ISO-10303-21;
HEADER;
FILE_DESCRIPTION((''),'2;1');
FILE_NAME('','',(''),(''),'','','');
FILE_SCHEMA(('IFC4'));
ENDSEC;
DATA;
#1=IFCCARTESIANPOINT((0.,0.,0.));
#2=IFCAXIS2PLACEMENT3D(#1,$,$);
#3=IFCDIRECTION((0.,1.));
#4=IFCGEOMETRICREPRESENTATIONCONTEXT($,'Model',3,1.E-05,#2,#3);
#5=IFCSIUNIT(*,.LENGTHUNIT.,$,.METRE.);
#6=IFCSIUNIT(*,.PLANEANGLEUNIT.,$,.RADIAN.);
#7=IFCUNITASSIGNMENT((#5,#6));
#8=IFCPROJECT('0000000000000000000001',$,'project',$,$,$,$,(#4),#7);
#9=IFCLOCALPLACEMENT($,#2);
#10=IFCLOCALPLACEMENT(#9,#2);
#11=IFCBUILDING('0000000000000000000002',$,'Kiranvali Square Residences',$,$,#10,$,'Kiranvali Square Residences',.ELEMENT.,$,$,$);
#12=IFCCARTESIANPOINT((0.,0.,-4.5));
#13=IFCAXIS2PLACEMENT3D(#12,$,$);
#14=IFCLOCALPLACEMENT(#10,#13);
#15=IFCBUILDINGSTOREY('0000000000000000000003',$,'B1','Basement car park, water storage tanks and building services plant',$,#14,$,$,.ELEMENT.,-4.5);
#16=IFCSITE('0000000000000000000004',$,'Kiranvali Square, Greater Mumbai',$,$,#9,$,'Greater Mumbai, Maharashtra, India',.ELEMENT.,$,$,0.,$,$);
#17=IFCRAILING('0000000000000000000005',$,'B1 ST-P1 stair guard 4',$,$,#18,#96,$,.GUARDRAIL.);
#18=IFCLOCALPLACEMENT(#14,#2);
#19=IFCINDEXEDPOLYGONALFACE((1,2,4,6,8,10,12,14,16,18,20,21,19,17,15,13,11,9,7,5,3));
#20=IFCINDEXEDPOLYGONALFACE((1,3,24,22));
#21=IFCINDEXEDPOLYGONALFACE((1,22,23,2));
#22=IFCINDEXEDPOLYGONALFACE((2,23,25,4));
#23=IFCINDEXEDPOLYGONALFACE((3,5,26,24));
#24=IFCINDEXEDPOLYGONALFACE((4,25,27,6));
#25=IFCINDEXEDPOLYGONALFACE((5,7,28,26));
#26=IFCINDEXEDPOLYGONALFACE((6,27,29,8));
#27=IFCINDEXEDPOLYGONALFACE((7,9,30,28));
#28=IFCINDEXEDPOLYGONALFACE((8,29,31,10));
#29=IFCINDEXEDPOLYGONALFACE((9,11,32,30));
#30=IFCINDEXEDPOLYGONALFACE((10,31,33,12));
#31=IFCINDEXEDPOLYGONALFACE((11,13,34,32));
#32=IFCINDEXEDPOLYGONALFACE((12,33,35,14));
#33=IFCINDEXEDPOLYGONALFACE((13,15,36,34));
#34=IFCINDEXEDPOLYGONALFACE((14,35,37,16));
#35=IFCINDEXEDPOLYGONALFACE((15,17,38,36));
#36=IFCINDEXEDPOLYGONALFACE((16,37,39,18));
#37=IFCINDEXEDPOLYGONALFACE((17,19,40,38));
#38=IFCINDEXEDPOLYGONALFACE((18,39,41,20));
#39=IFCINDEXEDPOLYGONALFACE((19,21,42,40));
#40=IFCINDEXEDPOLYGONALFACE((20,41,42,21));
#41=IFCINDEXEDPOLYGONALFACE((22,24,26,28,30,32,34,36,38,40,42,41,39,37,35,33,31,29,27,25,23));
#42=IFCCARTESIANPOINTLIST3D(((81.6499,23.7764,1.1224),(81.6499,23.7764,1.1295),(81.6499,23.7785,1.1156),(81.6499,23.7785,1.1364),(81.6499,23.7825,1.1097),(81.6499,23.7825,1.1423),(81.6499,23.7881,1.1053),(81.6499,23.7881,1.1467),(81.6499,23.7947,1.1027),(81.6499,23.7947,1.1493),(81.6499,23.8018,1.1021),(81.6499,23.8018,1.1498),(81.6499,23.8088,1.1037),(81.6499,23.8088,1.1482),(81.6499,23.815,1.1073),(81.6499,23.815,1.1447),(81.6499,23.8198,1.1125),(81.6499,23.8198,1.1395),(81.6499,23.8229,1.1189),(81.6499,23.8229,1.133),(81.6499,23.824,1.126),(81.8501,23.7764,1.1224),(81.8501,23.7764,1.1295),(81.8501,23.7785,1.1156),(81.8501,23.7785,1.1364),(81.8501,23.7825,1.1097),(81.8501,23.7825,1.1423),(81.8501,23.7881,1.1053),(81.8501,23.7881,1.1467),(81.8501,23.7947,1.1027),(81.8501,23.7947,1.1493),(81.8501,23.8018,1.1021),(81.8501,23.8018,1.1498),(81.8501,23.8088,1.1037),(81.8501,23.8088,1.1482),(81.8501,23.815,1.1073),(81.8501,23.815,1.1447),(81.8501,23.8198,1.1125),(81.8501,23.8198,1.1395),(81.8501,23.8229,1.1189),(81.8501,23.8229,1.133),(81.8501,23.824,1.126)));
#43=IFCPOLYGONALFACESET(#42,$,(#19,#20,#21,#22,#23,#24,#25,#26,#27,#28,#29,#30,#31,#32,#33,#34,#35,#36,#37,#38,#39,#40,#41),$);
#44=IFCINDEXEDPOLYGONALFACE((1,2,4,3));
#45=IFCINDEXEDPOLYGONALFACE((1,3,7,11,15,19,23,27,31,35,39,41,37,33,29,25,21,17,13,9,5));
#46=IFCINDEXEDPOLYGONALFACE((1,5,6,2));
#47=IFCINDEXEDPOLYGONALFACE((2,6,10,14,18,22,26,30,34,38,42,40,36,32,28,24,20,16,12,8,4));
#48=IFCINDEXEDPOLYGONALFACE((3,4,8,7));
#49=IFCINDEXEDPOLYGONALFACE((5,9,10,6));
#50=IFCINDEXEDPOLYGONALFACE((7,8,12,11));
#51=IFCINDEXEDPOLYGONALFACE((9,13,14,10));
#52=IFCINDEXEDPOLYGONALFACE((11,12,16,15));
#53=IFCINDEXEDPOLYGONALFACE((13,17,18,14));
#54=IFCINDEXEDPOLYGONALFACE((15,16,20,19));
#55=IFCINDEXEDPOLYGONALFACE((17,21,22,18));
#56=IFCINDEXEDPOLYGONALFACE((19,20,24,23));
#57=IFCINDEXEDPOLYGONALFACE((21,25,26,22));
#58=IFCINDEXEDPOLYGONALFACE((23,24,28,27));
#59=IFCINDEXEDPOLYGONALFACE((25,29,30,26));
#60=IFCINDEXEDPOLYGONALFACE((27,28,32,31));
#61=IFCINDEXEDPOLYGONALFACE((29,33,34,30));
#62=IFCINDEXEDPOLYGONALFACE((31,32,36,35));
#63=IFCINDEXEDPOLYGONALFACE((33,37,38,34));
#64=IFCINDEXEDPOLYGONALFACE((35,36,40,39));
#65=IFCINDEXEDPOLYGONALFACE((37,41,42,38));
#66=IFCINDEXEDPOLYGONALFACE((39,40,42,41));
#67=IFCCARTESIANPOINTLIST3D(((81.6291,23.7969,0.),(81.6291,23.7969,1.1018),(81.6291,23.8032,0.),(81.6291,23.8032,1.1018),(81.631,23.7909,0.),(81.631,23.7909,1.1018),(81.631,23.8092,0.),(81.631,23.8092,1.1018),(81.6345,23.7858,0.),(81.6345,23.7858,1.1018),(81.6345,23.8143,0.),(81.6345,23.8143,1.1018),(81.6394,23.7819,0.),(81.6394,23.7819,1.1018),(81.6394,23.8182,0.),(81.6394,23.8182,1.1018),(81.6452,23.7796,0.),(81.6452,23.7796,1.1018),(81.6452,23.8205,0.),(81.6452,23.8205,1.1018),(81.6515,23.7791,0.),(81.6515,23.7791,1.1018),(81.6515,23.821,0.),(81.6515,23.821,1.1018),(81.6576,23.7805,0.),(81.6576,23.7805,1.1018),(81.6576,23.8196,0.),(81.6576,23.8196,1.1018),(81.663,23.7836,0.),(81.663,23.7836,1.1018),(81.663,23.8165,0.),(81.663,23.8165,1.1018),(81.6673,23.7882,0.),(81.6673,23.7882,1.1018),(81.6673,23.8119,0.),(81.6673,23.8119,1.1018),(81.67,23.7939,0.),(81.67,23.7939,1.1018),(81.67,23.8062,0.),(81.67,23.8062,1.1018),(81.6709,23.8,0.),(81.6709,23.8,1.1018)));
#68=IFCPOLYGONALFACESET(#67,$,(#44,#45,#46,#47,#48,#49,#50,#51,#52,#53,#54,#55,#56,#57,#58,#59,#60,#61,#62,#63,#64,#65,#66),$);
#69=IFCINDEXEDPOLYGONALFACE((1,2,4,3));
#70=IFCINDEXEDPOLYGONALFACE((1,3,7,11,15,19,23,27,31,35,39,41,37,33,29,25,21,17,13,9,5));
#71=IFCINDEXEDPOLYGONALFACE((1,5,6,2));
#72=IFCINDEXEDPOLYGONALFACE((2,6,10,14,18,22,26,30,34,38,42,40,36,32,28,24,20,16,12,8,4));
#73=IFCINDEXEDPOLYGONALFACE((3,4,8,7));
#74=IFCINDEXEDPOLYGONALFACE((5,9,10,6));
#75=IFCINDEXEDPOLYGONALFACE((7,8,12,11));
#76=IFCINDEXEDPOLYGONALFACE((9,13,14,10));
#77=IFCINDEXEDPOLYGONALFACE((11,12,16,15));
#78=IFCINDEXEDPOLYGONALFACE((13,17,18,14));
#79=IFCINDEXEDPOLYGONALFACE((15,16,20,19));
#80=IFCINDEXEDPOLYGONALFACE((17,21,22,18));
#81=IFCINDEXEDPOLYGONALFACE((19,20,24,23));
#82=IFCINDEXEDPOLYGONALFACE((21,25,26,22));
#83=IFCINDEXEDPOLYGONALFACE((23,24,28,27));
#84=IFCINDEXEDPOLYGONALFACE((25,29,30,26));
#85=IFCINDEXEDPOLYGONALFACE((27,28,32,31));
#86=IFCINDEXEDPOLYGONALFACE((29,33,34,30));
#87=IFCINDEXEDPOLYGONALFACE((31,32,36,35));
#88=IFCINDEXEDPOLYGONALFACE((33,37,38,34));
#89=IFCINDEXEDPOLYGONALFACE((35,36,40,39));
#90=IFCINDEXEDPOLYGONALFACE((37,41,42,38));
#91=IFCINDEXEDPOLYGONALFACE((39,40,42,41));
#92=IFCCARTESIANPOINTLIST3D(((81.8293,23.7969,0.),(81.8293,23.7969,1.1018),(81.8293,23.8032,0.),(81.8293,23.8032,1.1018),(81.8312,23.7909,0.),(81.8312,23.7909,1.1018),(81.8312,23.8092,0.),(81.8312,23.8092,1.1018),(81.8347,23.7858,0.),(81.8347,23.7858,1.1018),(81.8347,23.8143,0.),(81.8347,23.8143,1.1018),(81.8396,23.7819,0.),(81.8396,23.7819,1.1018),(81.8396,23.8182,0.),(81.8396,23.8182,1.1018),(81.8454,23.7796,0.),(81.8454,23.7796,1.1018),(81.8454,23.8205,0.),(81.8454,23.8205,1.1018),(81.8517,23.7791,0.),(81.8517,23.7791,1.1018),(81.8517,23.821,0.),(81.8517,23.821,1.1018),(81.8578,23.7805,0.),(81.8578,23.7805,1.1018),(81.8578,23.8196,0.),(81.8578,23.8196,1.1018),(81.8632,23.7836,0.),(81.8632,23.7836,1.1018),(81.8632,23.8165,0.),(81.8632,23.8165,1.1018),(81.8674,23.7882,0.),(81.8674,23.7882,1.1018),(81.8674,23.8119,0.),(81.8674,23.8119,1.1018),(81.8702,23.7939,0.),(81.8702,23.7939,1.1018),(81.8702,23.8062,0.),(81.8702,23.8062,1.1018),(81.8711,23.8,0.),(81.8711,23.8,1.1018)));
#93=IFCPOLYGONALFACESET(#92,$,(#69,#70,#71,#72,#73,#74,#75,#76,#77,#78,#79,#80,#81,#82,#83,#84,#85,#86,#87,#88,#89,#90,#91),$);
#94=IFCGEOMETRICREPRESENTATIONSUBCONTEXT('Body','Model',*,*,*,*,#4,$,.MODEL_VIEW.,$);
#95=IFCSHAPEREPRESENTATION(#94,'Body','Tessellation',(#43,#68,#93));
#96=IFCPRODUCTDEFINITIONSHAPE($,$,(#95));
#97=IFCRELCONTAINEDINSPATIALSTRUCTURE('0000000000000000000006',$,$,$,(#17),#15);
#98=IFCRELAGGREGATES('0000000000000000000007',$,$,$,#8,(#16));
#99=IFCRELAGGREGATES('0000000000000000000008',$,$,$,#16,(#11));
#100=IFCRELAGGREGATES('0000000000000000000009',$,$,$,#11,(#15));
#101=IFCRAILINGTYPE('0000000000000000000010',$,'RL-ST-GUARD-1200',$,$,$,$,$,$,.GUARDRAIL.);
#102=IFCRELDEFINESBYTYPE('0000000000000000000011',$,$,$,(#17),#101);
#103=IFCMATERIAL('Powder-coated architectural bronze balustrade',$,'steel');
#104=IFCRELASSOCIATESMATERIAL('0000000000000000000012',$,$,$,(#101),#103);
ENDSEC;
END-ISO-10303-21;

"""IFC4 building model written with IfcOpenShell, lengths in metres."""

from ifc_helpers import new_model, si_unit, direction, frame, origin, origin_2d, place, context, subcontext, project, spatial, circle, extrude, material, type_object, element, save


model = new_model("IFC4")

# Units and contexts
model_context = context("Model", 3, precision=1e-05, world=origin(), true_north=direction((0.0, 1.0)))
body_context = subcontext(model_context, "Body", "Model", "MODEL_VIEW")
ifc_project = project(units=[si_unit("LENGTHUNIT", "METRE"), si_unit("PLANEANGLEUNIT", "RADIAN")], contexts=[model_context])

# Site, building, storey
site_placement = place(None, origin())
site = spatial("IfcSite", under=ifc_project, at=site_placement, Name="Kiranvali Square, Greater Mumbai", LongName="Greater Mumbai, Maharashtra, India", CompositionType="ELEMENT", RefElevation=0.0)
building_placement = place(site_placement, origin())
building = spatial("IfcBuilding", under=site, at=building_placement, Name="Kiranvali Square Residences", LongName="Kiranvali Square Residences", CompositionType="ELEMENT")
storey_placement = place(building_placement, frame((0.0, 0.0, -4.5)))
storey = spatial("IfcBuildingStorey", under=building, at=storey_placement, Name="B1", Description="Basement car park, water storage tanks and building services plant", CompositionType="ELEMENT", Elevation=-4.5)

# Railing
ifc_material_1 = material(Name="Powder-coated architectural bronze balustrade", Category="steel")
railing_type_1 = type_object("IfcRailingType", Name="RL-ST-GUARD-1200", PredefinedType="GUARDRAIL", material=ifc_material_1)
railing_1_placement = place(storey_placement, frame((81.6499, 23.8, 0.0)))
element("IfcRailing", 1, at=railing_1_placement, inside=storey, type_object=railing_type_1, Name="B1 ST-P1 stair guard 4", PredefinedType="GUARDRAIL", context=body_context, shape_type="SweptSolid", body=[
    extrude(circle(Radius=0.0239, at=origin_2d()), frame((0.0, 0.0, 1.126), z_axis=(1.0, 0.0, 0.0), x_axis=(0.0, 1.0, 0.0)), (0.0, 0.0, 1.0), 0.2002),
    extrude(circle(Radius=0.021, at=origin_2d()), origin(), (0.0, 0.0, 1.0), 1.1018),
    extrude(circle(Radius=0.021, at=origin_2d()), frame((0.2002, 0.0, 0.0)), (0.0, 0.0, 1.0), 1.1018),
])

save(model, "model.ifc")
